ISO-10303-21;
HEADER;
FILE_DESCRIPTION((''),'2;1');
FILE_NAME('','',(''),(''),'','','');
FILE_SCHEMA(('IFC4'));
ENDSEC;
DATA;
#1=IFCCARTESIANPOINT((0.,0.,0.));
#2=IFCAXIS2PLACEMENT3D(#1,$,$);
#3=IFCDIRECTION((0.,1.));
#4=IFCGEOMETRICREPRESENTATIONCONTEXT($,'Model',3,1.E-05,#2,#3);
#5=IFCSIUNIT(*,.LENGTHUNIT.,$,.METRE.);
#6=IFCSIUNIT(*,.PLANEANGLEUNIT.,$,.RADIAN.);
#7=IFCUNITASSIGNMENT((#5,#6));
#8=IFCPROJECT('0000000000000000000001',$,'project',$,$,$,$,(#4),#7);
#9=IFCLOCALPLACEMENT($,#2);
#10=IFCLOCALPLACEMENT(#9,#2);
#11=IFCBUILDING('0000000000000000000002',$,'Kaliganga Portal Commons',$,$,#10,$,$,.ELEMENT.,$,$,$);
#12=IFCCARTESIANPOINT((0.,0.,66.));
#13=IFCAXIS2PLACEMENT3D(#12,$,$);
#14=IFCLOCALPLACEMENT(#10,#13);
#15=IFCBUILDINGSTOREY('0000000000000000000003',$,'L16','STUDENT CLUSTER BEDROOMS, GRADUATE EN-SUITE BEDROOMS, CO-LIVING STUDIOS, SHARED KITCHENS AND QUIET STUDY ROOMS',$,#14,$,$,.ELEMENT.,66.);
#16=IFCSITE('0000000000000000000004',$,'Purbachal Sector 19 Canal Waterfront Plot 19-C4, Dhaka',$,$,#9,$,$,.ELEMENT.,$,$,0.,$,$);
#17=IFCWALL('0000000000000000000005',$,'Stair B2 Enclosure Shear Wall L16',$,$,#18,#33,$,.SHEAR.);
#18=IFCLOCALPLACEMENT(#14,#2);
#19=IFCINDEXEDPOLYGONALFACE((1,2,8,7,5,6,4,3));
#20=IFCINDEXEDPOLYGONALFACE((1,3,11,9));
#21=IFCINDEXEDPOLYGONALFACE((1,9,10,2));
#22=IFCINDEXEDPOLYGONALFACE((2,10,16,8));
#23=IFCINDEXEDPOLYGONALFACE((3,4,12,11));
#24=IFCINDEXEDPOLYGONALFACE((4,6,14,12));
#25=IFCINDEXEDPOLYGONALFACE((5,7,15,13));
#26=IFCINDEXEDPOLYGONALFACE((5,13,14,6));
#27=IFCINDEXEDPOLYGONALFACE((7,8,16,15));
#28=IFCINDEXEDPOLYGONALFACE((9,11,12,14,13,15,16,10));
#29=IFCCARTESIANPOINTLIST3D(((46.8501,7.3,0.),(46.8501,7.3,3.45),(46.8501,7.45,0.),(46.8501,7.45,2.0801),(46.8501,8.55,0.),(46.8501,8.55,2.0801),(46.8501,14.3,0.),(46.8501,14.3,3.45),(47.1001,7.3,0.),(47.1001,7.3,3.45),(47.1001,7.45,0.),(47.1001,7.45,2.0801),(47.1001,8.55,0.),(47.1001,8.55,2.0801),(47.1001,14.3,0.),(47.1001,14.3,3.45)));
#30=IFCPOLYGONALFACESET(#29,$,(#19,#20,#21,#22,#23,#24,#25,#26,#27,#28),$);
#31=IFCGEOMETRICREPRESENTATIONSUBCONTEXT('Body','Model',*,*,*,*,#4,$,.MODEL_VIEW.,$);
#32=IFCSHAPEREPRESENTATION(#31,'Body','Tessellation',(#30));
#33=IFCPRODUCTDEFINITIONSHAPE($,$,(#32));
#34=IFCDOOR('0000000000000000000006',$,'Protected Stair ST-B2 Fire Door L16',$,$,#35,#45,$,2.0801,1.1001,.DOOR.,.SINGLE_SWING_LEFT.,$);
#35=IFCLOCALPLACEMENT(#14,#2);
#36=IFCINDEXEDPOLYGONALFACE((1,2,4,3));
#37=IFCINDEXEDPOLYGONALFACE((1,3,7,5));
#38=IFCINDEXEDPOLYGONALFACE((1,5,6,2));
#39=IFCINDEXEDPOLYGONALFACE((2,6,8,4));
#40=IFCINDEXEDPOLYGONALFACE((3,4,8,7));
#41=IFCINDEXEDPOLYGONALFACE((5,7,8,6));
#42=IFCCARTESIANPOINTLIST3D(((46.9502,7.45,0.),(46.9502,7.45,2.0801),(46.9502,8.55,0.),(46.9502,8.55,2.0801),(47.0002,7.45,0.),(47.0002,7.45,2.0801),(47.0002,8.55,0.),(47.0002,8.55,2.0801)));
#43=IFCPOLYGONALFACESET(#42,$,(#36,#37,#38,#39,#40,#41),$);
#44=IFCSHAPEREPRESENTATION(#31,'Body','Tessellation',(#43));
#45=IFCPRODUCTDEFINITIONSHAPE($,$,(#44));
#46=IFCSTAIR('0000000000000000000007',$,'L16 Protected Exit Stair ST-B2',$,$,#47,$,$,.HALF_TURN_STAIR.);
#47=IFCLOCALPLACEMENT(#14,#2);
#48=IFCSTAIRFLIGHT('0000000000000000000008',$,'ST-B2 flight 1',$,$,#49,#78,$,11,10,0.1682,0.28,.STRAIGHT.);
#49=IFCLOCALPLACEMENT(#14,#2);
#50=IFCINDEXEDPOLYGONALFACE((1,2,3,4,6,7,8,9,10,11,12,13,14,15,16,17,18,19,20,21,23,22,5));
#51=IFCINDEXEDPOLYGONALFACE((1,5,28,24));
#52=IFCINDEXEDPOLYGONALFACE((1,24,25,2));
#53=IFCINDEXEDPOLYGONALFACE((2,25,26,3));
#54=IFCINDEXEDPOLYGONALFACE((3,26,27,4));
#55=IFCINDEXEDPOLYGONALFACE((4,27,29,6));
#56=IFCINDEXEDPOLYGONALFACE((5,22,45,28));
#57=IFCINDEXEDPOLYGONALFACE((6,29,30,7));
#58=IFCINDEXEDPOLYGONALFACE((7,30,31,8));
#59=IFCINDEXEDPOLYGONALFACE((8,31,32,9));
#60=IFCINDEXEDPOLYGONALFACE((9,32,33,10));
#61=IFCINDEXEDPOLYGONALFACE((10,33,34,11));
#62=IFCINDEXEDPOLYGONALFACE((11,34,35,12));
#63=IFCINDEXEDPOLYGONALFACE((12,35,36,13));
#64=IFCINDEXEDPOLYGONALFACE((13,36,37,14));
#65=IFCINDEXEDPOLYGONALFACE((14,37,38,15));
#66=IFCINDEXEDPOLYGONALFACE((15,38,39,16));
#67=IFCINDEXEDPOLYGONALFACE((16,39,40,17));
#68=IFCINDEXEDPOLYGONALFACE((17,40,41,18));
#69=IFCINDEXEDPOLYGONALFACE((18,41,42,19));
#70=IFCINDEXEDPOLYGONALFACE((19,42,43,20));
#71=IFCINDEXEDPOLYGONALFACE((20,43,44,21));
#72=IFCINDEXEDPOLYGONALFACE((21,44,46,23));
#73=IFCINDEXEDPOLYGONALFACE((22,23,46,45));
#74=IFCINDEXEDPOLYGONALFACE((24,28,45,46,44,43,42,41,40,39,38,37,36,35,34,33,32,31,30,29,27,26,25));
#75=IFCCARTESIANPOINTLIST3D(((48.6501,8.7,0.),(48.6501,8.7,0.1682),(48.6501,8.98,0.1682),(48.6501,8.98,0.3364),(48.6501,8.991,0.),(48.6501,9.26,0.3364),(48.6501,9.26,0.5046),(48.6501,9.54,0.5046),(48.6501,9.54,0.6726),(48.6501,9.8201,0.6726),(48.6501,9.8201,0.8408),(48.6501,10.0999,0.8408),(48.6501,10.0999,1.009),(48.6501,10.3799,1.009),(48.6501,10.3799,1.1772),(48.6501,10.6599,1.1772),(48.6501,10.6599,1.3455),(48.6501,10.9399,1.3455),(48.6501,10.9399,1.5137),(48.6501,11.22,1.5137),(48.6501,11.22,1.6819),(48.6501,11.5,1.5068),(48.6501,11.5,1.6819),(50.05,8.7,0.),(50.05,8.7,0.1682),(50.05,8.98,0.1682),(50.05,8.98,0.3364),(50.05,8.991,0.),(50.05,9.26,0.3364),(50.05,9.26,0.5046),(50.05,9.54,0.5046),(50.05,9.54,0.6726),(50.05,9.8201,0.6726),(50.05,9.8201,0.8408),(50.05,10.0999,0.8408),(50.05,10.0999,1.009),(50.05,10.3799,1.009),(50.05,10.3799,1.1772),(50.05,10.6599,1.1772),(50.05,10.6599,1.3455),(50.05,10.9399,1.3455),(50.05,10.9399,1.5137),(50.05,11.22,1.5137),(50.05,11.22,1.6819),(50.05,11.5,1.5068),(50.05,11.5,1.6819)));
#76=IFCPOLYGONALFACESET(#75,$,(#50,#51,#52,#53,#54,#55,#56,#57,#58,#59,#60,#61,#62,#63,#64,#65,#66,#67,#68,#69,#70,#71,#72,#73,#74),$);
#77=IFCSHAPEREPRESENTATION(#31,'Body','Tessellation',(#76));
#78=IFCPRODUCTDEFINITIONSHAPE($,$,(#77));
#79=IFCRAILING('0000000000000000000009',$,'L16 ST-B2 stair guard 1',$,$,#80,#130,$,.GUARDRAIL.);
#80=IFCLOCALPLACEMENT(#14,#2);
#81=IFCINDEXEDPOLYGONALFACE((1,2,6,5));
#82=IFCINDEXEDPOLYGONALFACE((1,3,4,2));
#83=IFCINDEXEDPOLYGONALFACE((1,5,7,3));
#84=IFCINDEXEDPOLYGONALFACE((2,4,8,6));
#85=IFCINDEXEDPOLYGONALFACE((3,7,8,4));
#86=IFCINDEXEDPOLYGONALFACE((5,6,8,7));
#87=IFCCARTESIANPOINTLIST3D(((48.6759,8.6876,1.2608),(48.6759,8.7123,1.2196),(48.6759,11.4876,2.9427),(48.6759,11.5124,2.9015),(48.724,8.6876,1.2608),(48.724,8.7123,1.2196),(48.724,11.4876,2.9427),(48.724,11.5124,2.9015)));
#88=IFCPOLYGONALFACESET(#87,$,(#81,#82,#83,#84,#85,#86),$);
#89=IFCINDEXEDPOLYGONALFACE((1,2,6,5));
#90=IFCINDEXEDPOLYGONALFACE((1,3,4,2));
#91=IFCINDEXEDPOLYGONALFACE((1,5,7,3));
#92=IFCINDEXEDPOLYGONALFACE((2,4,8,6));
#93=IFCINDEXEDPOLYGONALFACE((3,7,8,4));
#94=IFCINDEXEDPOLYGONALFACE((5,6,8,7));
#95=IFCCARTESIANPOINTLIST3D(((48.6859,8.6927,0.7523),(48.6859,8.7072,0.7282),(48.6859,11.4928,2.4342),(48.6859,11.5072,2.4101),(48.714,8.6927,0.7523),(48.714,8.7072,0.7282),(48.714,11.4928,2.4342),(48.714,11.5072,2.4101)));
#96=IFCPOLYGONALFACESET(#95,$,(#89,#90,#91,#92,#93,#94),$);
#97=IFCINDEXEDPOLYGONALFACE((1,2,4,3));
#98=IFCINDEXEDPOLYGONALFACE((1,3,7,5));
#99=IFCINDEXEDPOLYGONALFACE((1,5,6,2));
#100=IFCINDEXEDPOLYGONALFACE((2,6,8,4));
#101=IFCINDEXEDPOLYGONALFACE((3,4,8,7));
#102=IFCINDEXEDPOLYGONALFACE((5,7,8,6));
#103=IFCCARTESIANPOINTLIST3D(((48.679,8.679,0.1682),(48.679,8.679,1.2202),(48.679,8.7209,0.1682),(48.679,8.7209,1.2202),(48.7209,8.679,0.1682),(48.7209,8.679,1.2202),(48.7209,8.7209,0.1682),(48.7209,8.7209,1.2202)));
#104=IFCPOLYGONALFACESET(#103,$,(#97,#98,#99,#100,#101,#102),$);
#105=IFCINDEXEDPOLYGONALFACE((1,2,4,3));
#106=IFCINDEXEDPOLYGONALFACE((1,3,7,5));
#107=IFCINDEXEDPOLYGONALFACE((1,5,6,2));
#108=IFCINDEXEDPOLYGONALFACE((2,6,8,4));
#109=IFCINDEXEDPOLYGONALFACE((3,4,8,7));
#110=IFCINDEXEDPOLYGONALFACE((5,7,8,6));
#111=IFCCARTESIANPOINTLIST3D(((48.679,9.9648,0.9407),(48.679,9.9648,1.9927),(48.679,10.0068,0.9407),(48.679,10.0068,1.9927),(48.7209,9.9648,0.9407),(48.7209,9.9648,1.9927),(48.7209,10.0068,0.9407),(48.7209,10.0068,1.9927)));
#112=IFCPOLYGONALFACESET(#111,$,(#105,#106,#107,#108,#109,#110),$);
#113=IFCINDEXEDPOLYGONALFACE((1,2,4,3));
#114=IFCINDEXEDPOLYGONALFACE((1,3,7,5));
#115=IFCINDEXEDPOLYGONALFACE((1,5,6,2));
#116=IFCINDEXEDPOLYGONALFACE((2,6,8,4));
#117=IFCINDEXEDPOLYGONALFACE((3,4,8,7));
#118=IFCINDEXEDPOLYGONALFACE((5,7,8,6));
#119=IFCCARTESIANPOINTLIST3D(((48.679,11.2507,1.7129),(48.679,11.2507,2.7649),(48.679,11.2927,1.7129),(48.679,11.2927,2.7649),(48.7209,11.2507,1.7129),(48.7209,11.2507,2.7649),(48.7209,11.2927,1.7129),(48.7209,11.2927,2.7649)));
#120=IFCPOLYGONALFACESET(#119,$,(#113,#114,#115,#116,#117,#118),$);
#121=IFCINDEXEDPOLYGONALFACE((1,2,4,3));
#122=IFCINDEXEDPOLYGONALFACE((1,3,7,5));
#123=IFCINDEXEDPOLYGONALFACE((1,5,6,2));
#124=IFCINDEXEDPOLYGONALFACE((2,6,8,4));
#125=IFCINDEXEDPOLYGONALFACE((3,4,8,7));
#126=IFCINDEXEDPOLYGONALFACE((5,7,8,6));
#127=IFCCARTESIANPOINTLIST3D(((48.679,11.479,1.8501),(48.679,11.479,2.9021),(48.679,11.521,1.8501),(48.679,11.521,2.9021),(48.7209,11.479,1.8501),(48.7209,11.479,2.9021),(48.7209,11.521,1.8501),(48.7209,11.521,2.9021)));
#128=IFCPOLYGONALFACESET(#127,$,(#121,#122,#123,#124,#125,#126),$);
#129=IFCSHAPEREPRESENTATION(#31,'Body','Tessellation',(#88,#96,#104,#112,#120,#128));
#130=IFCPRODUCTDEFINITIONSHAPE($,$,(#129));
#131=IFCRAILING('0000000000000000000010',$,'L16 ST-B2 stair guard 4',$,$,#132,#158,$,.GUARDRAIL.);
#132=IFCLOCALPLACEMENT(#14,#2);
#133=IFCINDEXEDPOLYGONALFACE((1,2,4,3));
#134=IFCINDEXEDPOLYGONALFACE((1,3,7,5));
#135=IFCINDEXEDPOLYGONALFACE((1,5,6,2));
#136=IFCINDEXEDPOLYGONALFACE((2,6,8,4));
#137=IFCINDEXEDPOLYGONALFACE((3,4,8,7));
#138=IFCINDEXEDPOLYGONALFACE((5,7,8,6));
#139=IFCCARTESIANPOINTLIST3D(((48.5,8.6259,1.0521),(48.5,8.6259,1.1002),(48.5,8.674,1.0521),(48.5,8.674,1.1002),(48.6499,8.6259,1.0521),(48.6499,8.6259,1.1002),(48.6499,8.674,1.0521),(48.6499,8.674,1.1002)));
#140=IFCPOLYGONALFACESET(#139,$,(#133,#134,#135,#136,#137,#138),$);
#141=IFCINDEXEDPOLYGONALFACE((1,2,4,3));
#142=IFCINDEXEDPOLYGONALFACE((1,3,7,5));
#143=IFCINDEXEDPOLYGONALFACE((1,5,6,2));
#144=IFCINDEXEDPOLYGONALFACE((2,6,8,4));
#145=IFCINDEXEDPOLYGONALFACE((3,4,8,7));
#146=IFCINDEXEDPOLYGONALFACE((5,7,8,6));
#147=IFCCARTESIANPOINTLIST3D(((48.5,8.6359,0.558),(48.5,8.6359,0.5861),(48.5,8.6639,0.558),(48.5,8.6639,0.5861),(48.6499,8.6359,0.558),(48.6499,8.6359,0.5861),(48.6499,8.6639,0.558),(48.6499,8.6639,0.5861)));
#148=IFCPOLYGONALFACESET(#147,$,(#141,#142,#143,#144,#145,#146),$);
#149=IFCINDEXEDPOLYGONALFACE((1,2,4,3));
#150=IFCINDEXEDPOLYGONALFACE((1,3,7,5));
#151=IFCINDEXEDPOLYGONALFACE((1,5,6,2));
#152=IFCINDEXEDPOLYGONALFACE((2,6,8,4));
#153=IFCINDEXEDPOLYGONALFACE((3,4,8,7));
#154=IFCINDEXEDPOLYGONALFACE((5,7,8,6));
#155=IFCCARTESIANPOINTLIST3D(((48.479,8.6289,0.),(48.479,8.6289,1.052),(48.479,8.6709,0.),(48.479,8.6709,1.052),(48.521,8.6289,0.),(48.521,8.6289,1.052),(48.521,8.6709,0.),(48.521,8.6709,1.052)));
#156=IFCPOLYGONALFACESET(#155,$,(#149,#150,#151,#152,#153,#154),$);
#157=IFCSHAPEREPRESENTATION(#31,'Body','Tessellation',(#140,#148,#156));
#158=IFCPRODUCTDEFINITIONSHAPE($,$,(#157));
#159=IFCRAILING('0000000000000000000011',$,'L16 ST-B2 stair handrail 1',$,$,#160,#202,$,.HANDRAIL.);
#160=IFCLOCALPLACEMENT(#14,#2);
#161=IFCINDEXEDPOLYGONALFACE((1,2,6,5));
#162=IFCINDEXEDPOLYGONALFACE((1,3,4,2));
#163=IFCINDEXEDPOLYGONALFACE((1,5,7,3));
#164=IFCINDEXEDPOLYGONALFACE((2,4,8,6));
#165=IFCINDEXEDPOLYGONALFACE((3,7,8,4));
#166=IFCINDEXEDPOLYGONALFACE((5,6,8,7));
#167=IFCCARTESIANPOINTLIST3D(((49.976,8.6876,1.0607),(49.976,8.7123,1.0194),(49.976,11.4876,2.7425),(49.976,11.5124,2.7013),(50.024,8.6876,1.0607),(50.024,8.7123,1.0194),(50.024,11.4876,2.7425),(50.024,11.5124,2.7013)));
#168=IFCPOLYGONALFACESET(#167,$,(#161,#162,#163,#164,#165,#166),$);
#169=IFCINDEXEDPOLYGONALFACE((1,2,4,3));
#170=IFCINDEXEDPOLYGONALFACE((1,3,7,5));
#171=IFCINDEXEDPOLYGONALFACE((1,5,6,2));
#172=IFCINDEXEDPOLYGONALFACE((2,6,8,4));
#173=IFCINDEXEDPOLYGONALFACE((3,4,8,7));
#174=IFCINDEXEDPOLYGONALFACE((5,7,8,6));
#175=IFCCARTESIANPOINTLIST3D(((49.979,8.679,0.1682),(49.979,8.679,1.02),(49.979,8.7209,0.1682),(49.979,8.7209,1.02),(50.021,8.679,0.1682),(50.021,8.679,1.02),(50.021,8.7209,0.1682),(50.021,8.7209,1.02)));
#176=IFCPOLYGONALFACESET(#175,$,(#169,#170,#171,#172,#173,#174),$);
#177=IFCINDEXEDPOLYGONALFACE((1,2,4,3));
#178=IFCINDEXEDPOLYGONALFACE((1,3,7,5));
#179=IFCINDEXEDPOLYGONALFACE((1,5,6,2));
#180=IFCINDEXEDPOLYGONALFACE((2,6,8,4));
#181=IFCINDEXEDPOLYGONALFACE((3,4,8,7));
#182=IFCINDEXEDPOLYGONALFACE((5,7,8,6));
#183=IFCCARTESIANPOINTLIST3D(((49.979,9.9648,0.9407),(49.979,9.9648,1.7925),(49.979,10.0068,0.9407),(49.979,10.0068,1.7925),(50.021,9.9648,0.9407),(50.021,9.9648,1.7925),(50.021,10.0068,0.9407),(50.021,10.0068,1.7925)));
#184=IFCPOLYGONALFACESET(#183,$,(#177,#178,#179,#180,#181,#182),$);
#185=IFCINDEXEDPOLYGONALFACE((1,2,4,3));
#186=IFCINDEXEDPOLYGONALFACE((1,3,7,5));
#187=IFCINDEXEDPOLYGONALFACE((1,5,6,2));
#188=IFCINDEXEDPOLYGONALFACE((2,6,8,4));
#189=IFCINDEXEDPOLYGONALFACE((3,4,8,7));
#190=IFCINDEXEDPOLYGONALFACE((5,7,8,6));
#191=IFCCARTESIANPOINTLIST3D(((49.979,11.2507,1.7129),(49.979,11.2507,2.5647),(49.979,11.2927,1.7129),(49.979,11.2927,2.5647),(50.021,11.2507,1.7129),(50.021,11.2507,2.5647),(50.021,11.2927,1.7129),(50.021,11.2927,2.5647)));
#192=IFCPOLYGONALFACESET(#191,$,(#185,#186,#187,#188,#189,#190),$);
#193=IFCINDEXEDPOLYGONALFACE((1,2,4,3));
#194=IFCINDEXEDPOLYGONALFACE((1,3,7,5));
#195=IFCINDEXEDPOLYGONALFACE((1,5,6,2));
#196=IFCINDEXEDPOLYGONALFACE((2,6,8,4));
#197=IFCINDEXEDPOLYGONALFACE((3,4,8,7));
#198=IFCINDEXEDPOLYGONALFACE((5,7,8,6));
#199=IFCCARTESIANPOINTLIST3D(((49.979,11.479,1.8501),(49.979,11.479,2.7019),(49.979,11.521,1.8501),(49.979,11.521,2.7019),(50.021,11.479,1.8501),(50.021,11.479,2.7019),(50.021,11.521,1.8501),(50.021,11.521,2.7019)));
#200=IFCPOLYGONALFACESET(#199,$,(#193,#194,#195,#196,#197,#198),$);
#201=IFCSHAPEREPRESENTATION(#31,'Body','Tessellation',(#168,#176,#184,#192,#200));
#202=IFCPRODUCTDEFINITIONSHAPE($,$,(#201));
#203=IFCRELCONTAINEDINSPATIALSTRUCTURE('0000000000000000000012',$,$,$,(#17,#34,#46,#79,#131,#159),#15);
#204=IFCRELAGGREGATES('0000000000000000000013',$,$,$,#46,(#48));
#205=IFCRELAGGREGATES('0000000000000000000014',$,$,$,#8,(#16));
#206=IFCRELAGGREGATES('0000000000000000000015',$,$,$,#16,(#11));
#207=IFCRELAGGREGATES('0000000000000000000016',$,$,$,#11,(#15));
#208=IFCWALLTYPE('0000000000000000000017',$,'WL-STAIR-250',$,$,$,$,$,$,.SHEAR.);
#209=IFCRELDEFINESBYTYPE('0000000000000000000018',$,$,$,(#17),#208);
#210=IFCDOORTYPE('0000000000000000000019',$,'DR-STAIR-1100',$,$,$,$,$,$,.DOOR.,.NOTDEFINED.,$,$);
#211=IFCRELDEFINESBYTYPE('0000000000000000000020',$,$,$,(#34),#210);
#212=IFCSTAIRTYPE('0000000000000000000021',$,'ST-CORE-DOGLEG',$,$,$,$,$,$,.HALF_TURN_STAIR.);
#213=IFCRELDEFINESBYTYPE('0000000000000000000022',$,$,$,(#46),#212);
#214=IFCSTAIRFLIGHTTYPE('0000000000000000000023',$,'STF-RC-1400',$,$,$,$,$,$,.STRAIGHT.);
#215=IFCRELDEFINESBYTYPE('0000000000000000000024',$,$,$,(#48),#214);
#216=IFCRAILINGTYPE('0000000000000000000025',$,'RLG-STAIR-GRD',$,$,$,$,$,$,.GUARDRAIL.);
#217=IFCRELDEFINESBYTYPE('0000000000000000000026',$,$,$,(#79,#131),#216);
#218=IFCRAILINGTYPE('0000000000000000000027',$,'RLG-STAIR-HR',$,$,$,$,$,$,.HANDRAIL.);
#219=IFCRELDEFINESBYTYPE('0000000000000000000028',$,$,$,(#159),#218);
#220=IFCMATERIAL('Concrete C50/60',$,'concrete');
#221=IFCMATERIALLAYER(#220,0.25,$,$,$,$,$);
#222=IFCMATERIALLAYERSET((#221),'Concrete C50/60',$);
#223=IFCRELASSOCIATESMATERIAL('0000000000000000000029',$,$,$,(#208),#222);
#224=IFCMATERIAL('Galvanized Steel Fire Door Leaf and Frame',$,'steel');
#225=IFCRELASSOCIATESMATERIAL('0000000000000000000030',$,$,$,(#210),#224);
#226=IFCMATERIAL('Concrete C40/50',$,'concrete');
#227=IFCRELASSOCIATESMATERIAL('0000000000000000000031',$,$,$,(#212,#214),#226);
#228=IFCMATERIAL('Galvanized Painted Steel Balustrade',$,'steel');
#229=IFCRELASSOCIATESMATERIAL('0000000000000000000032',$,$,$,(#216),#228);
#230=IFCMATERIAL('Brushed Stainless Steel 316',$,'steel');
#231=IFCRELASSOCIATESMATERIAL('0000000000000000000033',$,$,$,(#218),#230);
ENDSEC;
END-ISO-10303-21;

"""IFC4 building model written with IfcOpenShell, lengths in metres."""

from ifc_helpers import new_model, si_unit, direction, frame, frame_2d, origin, origin_2d, place, context, subcontext, project, spatial, polyline, rectangle, outline, extrude, material, layer, layer_set, type_object, element, fill, aggregate, save


model = new_model("IFC4")

# Units and contexts
model_context = context("Model", 3, precision=1e-05, world=origin(), true_north=direction((0.0, 1.0)))
body_context = subcontext(model_context, "Body", "Model", "MODEL_VIEW")
ifc_project = project(units=[si_unit("LENGTHUNIT", "METRE"), si_unit("PLANEANGLEUNIT", "RADIAN")], contexts=[model_context])

# Site, building, storey
site_placement = place(None, origin())
site = spatial("IfcSite", under=ifc_project, at=site_placement, Name="Purbachal Sector 19 Canal Waterfront Plot 19-C4, Dhaka", CompositionType="ELEMENT", RefElevation=0.0)
building_placement = place(site_placement, origin())
building = spatial("IfcBuilding", under=site, at=building_placement, Name="Kaliganga Portal Commons", CompositionType="ELEMENT")
storey_placement = place(building_placement, frame((0.0, 0.0, 66.0)))
storey = spatial("IfcBuildingStorey", under=building, at=storey_placement, Name="L16", Description="STUDENT CLUSTER BEDROOMS, GRADUATE EN-SUITE BEDROOMS, CO-LIVING STUDIOS, SHARED KITCHENS AND QUIET STUDY ROOMS", CompositionType="ELEMENT", Elevation=66.0)

# Wall, opening, door
ifc_material_1 = material(Name="Concrete C50/60", Category="concrete")
ifc_layer_1 = layer(ifc_material_1, 0.25)
ifc_layer_set_1 = layer_set([ifc_layer_1], Name="Concrete C50/60")
wall_type_1 = type_object("IfcWallType", Name="WL-STAIR-250", PredefinedType="SHEAR", material=ifc_layer_set_1)
wall_1_placement = place(storey_placement, frame((46.9751, 7.3, 0.0), z_axis=(0.0, 0.0, 1.0), x_axis=(0.0, 1.0, 0.0)))
wall_1 = element("IfcWall", 1, at=wall_1_placement, inside=storey, type_object=wall_type_1, Name="Stair B2 Enclosure Shear Wall L16", PredefinedType="SHEAR", context=body_context, shape_type="SweptSolid", body=[
    extrude(rectangle(XDim=7.0, YDim=0.25, at=frame_2d((3.5, 0.0))), origin(), (0.0, 0.0, 1.0), 3.45),
])
opening_1_placement = place(wall_1_placement, frame((0.1499, 0.0, 0.0)))
opening_1 = element("IfcOpeningElement", 2, at=opening_1_placement, cuts=wall_1, PredefinedType="OPENING", context=body_context, shape_type="SweptSolid", body=[
    extrude(rectangle(XDim=1.1001, YDim=2.0801, at=frame_2d((0.55, 1.04))), frame((0.0, 0.135, 0.0), z_axis=(0.0, -1.0, 0.0), x_axis=(1.0, 0.0, 0.0)), (0.0, 0.0, 1.0), 0.27),
])
ifc_material_2 = material(Name="Galvanized Steel Fire Door Leaf and Frame", Category="steel")
door_type = type_object("IfcDoorType", Name="DR-STAIR-1100", OperationType="NOTDEFINED", PredefinedType="DOOR", material=ifc_material_2)
door_placement = place(opening_1_placement, origin())
door = element("IfcDoor", 3, at=door_placement, inside=storey, type_object=door_type, Name="Protected Stair ST-B2 Fire Door L16", OperationType="SINGLE_SWING_LEFT", OverallHeight=2.0801, OverallWidth=1.1001, PredefinedType="DOOR", context=body_context, shape_type="SweptSolid", body=[
    extrude(rectangle(XDim=1.1001, YDim=2.0801, at=frame_2d((0.55, 1.04))), frame((0.0, 0.0249, 0.0), z_axis=(0.0, -1.0, 0.0), x_axis=(1.0, 0.0, 0.0)), (0.0, 0.0, 1.0), 0.05),
])
fill(opening_1, door)

# Stair, stair flight
ifc_material_3 = material(Name="Concrete C40/50", Category="concrete")
stair_type = type_object("IfcStairType", Name="ST-CORE-DOGLEG", PredefinedType="HALF_TURN_STAIR", material=ifc_material_3)
stair_placement = place(storey_placement, origin())
stair = element("IfcStair", 4, at=stair_placement, inside=storey, type_object=stair_type, Name="L16 Protected Exit Stair ST-B2", PredefinedType="HALF_TURN_STAIR")
stair_flight_type = type_object("IfcStairFlightType", Name="STF-RC-1400", PredefinedType="STRAIGHT", material=ifc_material_3)
stair_flight_placement = place(storey_placement, frame((49.3501, 8.7, 0.0), z_axis=(0.0, 0.0, 1.0), x_axis=(0.0, 1.0, 0.0)))
stair_flight = element("IfcStairFlight", 5, at=stair_flight_placement, type_object=stair_flight_type, Name="ST-B2 flight 1", NumberOfRisers=11, NumberOfTreads=10, PredefinedType="STRAIGHT", RiserHeight=0.1682, TreadLength=0.28, context=body_context, shape_type="SweptSolid", body=[
    extrude(outline(polyline([(0.0, 0.0), (0.0, 0.1682), (0.28, 0.1682), (0.28, 0.3364), (0.5601, 0.3364), (0.5601, 0.5046), (0.8401, 0.5046), (0.8401, 0.6726), (1.1201, 0.6726), (1.1201, 0.8408), (1.3999, 0.8408), (1.3999, 1.009), (1.6799, 1.009), (1.6799, 1.1772), (1.96, 1.1772), (1.96, 1.3455), (2.24, 1.3455), (2.24, 1.5137), (2.52, 1.5137), (2.52, 1.6819), (2.8, 1.6819), (2.8, 1.8501), (2.8, 1.5068), (0.291, 0.0), (0.0, 0.0)])), frame((0.0, 0.7, 0.0), z_axis=(0.0, -1.0, 0.0), x_axis=(1.0, 0.0, 0.0)), (0.0, 0.0, 1.0), 1.3999),
])
aggregate(stair, [stair_flight])

# Railings
ifc_material_4 = material(Name="Galvanized Painted Steel Balustrade", Category="steel")
railing_type_1 = type_object("IfcRailingType", Name="RLG-STAIR-GRD", PredefinedType="GUARDRAIL", material=ifc_material_4)
railing_1_placement = place(storey_placement, frame((48.7, 8.7, 0.1682)))
element("IfcRailing", 6, at=railing_1_placement, inside=storey, type_object=railing_type_1, Name="L16 ST-B2 stair guard 1", PredefinedType="GUARDRAIL", context=body_context, shape_type="SweptSolid", body=[
    extrude(rectangle(XDim=0.0481, YDim=0.0481, at=origin_2d()), frame((0.0, 0.0, 1.072), z_axis=(0.0, 0.857242, 0.514913), x_axis=(-1.0, 0.0, 0.0)), (0.0, 0.0, 1.0), 3.2664),
    extrude(rectangle(XDim=0.0281, YDim=0.0281, at=origin_2d()), frame((0.0, 0.0, 0.572), z_axis=(0.0, 0.857242, 0.514913), x_axis=(-1.0, 0.0, 0.0)), (0.0, 0.0, 1.0), 3.2664),
    extrude(rectangle(XDim=0.042, YDim=0.042, at=origin_2d()), origin(), (0.0, 0.0, 1.0), 1.052),
    extrude(rectangle(XDim=0.042, YDim=0.042, at=origin_2d()), frame((0.0, 1.2859, 0.7725)), (0.0, 0.0, 1.0), 1.052),
    extrude(rectangle(XDim=0.042, YDim=0.042, at=origin_2d()), frame((0.0, 2.5718, 1.5447)), (0.0, 0.0, 1.0), 1.052),
    extrude(rectangle(XDim=0.042, YDim=0.042, at=origin_2d()), frame((0.0, 2.8, 1.6819)), (0.0, 0.0, 1.0), 1.052),
])
railing_2_placement = place(storey_placement, frame((48.6499, 8.6499, 0.0)))
element("IfcRailing", 7, at=railing_2_placement, inside=storey, type_object=railing_type_1, Name="L16 ST-B2 stair guard 4", PredefinedType="GUARDRAIL", context=body_context, shape_type="SweptSolid", body=[
    extrude(rectangle(XDim=0.0481, YDim=0.0481, at=origin_2d()), frame((0.0, 0.0, 1.0762), z_axis=(-1.0, 0.0, 0.0), x_axis=(0.0, -1.0, 0.0)), (0.0, 0.0, 1.0), 0.1499),
    extrude(rectangle(XDim=0.0281, YDim=0.0281, at=origin_2d()), frame((0.0, 0.0, 0.572), z_axis=(-1.0, 0.0, 0.0), x_axis=(0.0, -1.0, 0.0)), (0.0, 0.0, 1.0), 0.1499),
    extrude(rectangle(XDim=0.042, YDim=0.042, at=origin_2d()), frame((-0.1499, 0.0, 0.0)), (0.0, 0.0, 1.0), 1.052),
])
ifc_material_5 = material(Name="Brushed Stainless Steel 316", Category="steel")
railing_type_2 = type_object("IfcRailingType", Name="RLG-STAIR-HR", PredefinedType="HANDRAIL", material=ifc_material_5)
railing_3_placement = place(storey_placement, frame((50.0, 8.7, 0.1682)))
element("IfcRailing", 8, at=railing_3_placement, inside=storey, type_object=railing_type_2, Name="L16 ST-B2 stair handrail 1", PredefinedType="HANDRAIL", context=body_context, shape_type="SweptSolid", body=[
    extrude(rectangle(XDim=0.0481, YDim=0.0481, at=origin_2d()), frame((0.0, 0.0, 0.8718), z_axis=(0.0, 0.857242, 0.514913), x_axis=(-1.0, 0.0, 0.0)), (0.0, 0.0, 1.0), 3.2664),
    extrude(rectangle(XDim=0.042, YDim=0.042, at=origin_2d()), origin(), (0.0, 0.0, 1.0), 0.8518),
    extrude(rectangle(XDim=0.042, YDim=0.042, at=origin_2d()), frame((0.0, 1.2859, 0.7725)), (0.0, 0.0, 1.0), 0.8518),
    extrude(rectangle(XDim=0.042, YDim=0.042, at=origin_2d()), frame((0.0, 2.5718, 1.5447)), (0.0, 0.0, 1.0), 0.8518),
    extrude(rectangle(XDim=0.042, YDim=0.042, at=origin_2d()), frame((0.0, 2.8, 1.6819)), (0.0, 0.0, 1.0), 0.8518),
])

save(model, "model.ifc")
